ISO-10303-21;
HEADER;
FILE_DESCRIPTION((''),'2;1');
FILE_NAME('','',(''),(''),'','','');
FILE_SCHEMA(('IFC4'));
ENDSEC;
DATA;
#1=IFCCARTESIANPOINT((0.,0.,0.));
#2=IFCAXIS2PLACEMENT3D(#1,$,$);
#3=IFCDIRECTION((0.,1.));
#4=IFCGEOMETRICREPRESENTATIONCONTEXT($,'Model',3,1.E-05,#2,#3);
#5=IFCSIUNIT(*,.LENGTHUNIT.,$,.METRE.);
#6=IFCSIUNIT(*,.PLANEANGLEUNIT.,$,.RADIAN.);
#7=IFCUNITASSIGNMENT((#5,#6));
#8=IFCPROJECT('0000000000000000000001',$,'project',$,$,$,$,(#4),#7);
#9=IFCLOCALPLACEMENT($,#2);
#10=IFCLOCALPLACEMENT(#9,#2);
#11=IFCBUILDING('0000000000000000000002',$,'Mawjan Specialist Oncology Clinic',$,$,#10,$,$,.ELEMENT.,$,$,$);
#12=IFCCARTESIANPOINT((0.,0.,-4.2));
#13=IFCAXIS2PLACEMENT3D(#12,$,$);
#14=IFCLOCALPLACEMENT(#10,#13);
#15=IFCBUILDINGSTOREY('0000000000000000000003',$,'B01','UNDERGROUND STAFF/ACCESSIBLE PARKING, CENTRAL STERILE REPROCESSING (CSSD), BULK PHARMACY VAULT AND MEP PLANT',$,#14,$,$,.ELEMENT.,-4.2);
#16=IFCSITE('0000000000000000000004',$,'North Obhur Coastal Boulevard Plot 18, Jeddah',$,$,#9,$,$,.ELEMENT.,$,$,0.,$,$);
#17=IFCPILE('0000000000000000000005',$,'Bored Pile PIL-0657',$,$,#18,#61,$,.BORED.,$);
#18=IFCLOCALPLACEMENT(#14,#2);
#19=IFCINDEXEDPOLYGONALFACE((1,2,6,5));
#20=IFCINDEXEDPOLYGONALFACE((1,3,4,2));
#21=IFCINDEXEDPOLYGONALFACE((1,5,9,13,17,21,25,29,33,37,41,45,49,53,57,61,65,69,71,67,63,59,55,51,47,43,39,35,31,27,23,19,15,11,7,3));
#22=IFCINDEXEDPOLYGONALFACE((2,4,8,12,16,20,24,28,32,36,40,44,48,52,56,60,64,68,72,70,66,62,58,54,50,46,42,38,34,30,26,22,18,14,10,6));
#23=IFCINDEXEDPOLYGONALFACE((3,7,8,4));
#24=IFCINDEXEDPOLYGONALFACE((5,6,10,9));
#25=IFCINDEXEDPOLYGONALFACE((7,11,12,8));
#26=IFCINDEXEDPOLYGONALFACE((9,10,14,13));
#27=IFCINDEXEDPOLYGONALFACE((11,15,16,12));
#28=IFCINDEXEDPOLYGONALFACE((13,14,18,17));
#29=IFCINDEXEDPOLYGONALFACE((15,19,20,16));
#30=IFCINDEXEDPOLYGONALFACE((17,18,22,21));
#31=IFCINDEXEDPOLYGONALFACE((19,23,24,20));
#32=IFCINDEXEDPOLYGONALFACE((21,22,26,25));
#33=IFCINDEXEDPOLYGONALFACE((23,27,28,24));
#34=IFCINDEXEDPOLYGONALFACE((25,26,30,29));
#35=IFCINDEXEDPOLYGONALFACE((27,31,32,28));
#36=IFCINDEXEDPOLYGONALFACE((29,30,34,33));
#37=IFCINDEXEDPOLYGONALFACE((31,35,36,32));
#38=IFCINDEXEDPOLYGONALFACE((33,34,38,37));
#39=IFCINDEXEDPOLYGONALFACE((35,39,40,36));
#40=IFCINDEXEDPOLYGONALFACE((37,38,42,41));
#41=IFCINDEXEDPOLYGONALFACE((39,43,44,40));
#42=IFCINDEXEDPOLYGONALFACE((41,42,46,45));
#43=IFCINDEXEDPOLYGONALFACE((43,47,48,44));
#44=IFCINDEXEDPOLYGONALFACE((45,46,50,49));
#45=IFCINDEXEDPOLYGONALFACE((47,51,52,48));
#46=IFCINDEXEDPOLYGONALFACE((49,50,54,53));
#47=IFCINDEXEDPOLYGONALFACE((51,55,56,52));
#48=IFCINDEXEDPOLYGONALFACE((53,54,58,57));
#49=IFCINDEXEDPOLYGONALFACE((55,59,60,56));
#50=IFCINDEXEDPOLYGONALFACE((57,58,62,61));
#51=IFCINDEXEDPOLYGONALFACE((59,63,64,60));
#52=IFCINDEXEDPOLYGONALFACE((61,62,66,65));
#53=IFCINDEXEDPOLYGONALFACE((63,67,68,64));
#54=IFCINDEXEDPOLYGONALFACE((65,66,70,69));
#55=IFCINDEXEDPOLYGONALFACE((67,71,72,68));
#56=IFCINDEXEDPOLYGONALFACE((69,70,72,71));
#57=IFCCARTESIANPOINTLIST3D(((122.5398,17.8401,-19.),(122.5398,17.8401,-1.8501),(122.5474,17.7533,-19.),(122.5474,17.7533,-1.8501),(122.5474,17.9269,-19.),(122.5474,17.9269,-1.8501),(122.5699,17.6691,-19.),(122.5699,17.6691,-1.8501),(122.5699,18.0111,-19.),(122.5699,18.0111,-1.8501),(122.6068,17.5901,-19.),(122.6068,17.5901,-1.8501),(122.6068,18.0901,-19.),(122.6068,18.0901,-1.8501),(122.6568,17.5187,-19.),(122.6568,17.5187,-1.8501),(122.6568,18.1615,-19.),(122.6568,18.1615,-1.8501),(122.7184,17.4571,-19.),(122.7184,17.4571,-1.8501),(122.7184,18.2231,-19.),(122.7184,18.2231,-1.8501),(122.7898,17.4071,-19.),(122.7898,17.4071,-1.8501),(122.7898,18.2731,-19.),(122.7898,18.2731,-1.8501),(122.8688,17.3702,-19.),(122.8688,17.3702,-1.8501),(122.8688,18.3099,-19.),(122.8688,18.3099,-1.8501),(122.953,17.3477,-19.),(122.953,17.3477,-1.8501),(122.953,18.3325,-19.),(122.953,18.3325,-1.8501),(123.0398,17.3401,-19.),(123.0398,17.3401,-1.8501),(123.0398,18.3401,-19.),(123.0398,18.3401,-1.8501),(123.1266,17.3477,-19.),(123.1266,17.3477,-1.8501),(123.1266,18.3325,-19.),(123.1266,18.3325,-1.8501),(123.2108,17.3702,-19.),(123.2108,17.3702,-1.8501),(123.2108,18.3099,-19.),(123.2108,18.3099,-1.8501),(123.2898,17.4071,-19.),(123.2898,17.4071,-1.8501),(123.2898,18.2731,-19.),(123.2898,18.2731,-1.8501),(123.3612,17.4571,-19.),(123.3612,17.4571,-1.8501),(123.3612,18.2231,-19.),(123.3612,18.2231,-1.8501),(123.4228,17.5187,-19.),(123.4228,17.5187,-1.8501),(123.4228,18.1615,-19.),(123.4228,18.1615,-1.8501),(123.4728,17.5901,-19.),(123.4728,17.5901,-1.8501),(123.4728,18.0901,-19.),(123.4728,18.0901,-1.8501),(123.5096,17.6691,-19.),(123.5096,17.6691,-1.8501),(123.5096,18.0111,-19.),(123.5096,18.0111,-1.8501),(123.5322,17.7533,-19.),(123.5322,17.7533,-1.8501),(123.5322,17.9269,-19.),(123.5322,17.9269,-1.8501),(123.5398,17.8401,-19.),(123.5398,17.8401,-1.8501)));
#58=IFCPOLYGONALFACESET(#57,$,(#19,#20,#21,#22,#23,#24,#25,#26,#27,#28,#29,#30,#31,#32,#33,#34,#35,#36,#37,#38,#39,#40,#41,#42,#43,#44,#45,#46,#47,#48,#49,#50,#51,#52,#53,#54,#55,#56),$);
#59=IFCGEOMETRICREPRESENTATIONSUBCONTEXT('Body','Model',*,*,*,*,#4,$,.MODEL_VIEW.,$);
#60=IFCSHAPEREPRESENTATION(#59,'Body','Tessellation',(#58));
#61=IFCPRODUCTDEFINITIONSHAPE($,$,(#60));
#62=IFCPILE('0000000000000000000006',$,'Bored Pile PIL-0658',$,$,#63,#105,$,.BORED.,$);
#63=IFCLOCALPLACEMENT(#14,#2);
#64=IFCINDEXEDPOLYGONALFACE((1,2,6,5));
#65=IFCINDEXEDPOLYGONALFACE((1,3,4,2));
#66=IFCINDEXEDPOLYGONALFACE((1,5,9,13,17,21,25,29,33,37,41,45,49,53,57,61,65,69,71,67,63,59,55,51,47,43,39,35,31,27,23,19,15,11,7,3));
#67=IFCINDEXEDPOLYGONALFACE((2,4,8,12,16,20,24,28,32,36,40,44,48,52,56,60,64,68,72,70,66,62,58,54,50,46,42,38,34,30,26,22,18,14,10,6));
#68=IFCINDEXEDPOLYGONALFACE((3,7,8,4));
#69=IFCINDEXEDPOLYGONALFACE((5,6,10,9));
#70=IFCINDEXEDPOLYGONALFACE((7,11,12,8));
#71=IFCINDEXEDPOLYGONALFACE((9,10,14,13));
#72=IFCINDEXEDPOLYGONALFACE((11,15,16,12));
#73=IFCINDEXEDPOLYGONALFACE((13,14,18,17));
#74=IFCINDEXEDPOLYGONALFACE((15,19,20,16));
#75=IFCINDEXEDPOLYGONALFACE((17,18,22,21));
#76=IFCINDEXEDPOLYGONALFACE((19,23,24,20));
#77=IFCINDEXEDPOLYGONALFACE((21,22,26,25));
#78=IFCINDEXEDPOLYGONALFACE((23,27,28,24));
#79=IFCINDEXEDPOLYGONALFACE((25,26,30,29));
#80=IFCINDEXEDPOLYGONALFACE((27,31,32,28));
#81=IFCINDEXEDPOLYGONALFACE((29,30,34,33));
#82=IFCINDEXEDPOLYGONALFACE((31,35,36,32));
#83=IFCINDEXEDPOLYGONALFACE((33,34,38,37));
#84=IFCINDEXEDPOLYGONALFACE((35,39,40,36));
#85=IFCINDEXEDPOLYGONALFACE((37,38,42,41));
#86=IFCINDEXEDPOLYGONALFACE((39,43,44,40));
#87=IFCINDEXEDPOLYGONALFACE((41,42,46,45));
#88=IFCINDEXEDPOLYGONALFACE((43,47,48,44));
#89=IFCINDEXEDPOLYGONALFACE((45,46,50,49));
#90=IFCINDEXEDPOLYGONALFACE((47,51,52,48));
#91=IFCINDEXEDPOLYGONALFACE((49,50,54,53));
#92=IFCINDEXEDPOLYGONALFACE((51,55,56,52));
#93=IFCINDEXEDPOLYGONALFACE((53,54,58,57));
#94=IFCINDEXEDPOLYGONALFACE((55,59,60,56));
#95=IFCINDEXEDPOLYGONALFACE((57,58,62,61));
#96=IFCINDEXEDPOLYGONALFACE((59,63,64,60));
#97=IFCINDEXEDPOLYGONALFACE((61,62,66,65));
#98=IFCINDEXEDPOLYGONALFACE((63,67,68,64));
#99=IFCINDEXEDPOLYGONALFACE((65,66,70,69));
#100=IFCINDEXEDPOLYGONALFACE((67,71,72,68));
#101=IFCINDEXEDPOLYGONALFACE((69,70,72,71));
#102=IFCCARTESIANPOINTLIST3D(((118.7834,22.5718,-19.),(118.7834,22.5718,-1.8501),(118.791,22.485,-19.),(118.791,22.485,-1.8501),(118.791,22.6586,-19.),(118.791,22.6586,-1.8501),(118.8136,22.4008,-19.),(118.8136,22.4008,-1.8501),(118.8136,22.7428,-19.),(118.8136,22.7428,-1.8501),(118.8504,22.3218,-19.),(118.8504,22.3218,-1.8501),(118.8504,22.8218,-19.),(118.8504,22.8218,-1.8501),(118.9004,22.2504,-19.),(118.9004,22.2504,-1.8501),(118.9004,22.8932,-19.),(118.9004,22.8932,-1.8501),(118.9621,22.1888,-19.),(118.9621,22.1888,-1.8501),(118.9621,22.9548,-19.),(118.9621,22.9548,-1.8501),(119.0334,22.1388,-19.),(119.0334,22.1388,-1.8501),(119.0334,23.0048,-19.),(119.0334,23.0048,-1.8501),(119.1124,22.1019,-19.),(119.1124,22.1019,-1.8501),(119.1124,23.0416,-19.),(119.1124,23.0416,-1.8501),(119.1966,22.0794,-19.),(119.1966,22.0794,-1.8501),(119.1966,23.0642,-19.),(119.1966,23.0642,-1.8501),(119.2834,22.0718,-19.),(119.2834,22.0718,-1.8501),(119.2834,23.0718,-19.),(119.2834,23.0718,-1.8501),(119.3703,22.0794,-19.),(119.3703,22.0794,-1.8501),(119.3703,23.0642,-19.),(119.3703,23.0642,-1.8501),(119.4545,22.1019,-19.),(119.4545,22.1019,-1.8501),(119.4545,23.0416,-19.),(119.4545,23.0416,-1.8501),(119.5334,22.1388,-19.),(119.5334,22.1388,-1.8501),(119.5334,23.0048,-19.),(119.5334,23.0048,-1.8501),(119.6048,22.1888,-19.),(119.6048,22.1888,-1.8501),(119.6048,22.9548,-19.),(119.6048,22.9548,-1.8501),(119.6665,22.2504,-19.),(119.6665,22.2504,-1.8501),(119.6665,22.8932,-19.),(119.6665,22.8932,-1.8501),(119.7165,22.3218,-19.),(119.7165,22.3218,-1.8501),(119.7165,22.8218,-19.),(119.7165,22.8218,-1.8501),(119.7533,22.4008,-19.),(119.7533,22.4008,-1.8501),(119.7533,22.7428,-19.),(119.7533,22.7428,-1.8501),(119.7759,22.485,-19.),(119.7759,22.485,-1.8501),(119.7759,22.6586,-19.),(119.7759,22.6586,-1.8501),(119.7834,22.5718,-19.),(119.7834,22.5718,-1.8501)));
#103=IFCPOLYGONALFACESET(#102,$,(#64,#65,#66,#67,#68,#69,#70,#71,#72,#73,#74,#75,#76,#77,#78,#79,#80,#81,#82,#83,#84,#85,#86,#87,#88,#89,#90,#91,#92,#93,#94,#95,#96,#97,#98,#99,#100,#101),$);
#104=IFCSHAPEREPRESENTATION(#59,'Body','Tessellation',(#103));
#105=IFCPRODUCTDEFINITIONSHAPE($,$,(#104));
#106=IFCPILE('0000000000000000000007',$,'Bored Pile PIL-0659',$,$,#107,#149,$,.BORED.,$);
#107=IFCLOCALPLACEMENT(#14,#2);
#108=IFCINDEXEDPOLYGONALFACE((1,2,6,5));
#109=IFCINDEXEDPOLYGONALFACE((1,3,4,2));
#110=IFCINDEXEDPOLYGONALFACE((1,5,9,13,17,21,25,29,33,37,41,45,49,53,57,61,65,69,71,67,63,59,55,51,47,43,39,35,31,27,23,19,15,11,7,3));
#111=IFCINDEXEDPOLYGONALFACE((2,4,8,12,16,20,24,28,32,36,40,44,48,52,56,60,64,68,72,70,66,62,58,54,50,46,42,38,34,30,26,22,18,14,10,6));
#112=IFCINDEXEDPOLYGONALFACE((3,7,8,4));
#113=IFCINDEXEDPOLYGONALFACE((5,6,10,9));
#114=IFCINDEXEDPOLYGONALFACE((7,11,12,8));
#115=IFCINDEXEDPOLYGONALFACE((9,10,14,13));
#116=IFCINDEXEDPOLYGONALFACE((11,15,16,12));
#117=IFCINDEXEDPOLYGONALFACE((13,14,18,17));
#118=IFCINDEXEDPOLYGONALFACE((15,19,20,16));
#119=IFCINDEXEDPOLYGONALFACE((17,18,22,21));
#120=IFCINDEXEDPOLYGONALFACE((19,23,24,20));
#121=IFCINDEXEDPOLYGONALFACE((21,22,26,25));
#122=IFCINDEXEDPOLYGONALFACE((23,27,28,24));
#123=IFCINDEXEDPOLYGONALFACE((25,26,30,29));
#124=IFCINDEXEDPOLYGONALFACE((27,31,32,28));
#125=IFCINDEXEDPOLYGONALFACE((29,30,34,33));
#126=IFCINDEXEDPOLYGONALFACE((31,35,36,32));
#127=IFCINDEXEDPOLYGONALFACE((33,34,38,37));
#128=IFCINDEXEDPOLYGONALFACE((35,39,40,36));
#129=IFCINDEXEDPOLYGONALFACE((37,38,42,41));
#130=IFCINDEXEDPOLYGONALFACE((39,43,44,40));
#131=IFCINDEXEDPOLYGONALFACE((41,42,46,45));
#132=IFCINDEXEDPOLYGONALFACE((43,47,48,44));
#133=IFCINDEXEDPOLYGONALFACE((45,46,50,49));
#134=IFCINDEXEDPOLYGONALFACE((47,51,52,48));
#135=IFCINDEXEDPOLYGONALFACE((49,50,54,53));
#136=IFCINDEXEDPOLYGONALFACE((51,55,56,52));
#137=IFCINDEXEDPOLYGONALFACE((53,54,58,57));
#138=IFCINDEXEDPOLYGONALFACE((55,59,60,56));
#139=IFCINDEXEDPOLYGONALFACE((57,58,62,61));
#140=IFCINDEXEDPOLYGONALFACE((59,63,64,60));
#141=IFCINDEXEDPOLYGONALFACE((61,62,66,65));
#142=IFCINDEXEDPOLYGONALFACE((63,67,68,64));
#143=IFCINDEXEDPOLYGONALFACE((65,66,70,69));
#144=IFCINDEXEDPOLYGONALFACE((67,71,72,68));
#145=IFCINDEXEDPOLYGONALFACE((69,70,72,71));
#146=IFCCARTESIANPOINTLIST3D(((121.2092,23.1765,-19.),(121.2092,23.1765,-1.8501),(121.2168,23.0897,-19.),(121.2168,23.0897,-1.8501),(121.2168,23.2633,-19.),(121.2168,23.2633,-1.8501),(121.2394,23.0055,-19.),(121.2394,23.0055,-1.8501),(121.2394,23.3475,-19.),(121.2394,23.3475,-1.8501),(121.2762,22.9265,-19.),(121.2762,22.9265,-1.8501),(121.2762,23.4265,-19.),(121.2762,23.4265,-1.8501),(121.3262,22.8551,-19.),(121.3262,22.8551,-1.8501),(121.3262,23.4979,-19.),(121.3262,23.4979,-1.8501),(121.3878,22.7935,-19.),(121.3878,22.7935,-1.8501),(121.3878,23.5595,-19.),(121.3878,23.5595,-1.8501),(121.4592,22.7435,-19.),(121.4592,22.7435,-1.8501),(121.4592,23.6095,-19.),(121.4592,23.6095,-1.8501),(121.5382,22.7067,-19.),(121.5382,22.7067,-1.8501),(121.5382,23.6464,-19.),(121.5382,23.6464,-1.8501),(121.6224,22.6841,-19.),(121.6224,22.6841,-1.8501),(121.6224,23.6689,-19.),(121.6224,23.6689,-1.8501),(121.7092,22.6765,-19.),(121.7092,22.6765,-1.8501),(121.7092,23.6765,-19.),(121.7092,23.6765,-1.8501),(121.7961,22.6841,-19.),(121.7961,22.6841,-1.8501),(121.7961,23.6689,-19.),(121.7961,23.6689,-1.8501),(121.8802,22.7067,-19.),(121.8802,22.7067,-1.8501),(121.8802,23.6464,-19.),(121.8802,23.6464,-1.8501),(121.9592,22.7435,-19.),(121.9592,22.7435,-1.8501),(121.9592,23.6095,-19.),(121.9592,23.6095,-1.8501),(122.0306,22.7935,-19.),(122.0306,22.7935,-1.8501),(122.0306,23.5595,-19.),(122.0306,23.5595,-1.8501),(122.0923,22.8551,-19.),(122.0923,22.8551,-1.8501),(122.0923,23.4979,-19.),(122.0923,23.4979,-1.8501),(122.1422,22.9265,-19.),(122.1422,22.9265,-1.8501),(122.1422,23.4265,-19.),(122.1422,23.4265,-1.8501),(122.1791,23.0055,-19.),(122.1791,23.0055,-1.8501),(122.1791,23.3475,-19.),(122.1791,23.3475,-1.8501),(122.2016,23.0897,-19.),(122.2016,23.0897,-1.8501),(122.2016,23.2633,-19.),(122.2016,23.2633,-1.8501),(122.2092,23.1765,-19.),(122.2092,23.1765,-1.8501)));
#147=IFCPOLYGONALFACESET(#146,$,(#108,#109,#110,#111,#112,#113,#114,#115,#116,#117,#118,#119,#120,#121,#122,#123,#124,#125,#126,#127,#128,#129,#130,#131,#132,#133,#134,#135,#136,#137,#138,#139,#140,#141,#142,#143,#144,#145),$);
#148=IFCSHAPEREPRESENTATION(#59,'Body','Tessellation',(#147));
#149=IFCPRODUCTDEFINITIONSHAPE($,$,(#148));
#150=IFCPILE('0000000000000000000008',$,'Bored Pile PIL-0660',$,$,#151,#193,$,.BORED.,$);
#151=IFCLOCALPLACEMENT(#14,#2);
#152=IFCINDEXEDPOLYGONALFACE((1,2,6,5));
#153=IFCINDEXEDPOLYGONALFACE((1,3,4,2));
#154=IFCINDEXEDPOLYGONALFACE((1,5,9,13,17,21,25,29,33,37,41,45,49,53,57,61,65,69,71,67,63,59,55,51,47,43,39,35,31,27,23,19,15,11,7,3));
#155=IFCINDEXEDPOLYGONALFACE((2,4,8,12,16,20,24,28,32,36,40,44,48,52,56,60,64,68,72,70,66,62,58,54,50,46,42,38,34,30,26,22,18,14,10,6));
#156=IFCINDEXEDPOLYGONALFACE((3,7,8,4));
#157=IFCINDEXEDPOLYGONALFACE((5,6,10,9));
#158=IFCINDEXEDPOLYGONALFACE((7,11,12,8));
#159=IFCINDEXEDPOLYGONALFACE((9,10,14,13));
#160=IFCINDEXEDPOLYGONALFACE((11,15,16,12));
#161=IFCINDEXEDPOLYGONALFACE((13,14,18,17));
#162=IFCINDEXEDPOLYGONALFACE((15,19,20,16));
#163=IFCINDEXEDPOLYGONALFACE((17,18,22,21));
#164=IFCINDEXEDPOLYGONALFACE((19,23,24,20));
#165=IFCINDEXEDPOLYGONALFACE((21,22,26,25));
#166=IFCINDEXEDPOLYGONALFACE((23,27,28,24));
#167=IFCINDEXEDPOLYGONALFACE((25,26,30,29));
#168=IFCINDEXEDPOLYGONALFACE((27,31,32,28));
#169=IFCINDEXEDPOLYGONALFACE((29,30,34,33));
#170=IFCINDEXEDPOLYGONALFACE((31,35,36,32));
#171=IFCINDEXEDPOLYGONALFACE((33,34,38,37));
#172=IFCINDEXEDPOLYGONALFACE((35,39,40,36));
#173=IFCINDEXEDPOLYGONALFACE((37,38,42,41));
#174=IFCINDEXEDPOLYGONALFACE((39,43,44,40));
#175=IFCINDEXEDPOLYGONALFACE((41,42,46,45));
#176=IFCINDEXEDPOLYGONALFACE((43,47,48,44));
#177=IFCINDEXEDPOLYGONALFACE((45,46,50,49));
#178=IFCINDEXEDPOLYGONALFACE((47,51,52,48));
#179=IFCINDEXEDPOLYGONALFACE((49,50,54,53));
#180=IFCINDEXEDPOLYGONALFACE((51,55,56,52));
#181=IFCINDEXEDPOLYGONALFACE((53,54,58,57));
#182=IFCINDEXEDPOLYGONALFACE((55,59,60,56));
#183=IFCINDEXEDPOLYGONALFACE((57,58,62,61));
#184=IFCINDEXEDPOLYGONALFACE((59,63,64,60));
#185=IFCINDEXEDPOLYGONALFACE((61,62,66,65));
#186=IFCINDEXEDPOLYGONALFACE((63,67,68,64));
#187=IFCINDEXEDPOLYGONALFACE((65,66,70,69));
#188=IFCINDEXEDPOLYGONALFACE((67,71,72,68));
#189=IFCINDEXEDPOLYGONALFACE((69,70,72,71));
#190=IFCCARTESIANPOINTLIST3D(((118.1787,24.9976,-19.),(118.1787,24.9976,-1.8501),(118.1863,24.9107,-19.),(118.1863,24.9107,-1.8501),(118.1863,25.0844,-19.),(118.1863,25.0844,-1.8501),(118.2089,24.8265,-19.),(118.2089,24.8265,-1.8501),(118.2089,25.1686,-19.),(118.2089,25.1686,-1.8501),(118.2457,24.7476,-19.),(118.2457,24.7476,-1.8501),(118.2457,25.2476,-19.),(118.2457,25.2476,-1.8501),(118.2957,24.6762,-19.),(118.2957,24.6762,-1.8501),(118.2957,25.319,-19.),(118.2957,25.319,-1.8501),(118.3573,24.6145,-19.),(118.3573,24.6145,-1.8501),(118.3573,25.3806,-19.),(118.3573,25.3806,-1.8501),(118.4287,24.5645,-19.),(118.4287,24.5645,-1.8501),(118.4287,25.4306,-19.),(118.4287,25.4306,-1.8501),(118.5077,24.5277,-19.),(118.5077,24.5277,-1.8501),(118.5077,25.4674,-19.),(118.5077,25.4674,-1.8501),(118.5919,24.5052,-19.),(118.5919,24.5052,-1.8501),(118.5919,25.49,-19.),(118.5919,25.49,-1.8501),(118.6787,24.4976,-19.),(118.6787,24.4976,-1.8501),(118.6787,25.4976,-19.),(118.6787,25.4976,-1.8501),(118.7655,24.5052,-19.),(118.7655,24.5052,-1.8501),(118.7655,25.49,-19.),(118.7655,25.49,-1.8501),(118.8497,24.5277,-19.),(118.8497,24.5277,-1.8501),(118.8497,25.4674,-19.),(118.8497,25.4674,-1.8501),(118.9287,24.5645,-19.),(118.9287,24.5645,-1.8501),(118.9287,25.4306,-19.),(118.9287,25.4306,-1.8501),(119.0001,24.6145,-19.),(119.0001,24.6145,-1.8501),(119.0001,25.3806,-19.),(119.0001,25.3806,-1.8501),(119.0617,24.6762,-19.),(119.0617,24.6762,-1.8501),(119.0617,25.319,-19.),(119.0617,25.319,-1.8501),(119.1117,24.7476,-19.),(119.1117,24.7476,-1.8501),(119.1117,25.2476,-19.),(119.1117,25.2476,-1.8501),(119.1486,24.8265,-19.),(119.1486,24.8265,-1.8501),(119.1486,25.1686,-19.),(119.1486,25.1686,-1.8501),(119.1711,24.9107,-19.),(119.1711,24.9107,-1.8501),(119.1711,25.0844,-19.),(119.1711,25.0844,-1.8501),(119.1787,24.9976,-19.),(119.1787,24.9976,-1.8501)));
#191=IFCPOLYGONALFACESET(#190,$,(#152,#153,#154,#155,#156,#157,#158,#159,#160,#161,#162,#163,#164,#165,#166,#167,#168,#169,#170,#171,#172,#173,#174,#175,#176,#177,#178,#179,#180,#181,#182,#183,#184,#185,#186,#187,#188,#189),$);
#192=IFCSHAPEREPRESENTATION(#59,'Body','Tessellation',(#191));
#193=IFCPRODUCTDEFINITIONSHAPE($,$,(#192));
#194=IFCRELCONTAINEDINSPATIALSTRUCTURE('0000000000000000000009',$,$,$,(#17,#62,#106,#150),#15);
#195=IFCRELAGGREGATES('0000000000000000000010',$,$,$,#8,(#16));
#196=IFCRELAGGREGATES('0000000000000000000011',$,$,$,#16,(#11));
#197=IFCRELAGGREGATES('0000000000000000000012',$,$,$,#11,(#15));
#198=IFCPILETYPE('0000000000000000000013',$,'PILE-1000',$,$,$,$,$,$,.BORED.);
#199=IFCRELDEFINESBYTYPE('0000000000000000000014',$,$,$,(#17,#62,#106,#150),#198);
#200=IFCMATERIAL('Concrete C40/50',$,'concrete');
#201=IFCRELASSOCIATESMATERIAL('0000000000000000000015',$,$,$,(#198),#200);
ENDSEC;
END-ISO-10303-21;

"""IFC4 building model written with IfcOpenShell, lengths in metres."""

from ifc_helpers import new_model, si_unit, direction, frame, origin, origin_2d, place, context, subcontext, project, spatial, circle, extrude, material, material_profile, profile_set, type_object, element, save


model = new_model("IFC4")

# Units and contexts
model_context = context("Model", 3, precision=1e-05, world=origin(), true_north=direction((0.0, 1.0)))
body_context = subcontext(model_context, "Body", "Model", "MODEL_VIEW")
ifc_project = project(units=[si_unit("LENGTHUNIT", "METRE"), si_unit("PLANEANGLEUNIT", "RADIAN")], contexts=[model_context])

# Site, building, storey
site_placement = place(None, origin())
site = spatial("IfcSite", under=ifc_project, at=site_placement, Name="North Obhur Coastal Boulevard Plot 18, Jeddah", CompositionType="ELEMENT", RefElevation=0.0)
building_placement = place(site_placement, origin())
building = spatial("IfcBuilding", under=site, at=building_placement, Name="Mawjan Specialist Oncology Clinic", CompositionType="ELEMENT")
storey_placement = place(building_placement, frame((0.0, 0.0, -4.2)))
storey = spatial("IfcBuildingStorey", under=building, at=storey_placement, Name="B01", Description="UNDERGROUND STAFF/ACCESSIBLE PARKING, CENTRAL STERILE REPROCESSING (CSSD), BULK PHARMACY VAULT AND MEP PLANT", CompositionType="ELEMENT", Elevation=-4.2)

# Piles
ifc_material_1 = material(Name="Concrete C40/50", Category="concrete")
ifc_material_profile_1 = material_profile(ifc_material_1, circle(Radius=0.5, at=origin_2d()), Name="BORED PILE D1000", Category="concrete")
ifc_profile_set_1 = profile_set([ifc_material_profile_1], Name="Concrete C40/50")
pile_type = type_object("IfcPileType", Name="PILE-1000", PredefinedType="BORED", material=ifc_profile_set_1)
for number, where, z_axis, x_axis, name in (
    (1, (123.0398, 17.8401, -1.8501), (0.0, 0.0, -1.0), (1.0, 0.0, 0.0), "Bored Pile PIL-0657"),
    (2, (119.2834, 22.5718, -1.8501), (0.0, 0.0, -1.0), (1.0, 0.0, 0.0), "Bored Pile PIL-0658"),
    (3, (121.7092, 23.1765, -1.8501), (0.0, 0.0, -1.0), (1.0, 0.0, 0.0), "Bored Pile PIL-0659"),
    (4, (118.6787, 24.9976, -1.8501), (0.0, 0.0, -1.0), (1.0, 0.0, 0.0), "Bored Pile PIL-0660"),
):
    element("IfcPile", number, at=place(storey_placement, frame(where, z_axis=z_axis, x_axis=x_axis)), inside=storey, type_object=pile_type, Name=name, PredefinedType="BORED", context=body_context, shape_type="SweptSolid", body=[
        extrude(circle(Radius=0.5, at=origin_2d()), origin(), (0.0, 0.0, 1.0), 17.1499),
    ])

save(model, "model.ifc")
